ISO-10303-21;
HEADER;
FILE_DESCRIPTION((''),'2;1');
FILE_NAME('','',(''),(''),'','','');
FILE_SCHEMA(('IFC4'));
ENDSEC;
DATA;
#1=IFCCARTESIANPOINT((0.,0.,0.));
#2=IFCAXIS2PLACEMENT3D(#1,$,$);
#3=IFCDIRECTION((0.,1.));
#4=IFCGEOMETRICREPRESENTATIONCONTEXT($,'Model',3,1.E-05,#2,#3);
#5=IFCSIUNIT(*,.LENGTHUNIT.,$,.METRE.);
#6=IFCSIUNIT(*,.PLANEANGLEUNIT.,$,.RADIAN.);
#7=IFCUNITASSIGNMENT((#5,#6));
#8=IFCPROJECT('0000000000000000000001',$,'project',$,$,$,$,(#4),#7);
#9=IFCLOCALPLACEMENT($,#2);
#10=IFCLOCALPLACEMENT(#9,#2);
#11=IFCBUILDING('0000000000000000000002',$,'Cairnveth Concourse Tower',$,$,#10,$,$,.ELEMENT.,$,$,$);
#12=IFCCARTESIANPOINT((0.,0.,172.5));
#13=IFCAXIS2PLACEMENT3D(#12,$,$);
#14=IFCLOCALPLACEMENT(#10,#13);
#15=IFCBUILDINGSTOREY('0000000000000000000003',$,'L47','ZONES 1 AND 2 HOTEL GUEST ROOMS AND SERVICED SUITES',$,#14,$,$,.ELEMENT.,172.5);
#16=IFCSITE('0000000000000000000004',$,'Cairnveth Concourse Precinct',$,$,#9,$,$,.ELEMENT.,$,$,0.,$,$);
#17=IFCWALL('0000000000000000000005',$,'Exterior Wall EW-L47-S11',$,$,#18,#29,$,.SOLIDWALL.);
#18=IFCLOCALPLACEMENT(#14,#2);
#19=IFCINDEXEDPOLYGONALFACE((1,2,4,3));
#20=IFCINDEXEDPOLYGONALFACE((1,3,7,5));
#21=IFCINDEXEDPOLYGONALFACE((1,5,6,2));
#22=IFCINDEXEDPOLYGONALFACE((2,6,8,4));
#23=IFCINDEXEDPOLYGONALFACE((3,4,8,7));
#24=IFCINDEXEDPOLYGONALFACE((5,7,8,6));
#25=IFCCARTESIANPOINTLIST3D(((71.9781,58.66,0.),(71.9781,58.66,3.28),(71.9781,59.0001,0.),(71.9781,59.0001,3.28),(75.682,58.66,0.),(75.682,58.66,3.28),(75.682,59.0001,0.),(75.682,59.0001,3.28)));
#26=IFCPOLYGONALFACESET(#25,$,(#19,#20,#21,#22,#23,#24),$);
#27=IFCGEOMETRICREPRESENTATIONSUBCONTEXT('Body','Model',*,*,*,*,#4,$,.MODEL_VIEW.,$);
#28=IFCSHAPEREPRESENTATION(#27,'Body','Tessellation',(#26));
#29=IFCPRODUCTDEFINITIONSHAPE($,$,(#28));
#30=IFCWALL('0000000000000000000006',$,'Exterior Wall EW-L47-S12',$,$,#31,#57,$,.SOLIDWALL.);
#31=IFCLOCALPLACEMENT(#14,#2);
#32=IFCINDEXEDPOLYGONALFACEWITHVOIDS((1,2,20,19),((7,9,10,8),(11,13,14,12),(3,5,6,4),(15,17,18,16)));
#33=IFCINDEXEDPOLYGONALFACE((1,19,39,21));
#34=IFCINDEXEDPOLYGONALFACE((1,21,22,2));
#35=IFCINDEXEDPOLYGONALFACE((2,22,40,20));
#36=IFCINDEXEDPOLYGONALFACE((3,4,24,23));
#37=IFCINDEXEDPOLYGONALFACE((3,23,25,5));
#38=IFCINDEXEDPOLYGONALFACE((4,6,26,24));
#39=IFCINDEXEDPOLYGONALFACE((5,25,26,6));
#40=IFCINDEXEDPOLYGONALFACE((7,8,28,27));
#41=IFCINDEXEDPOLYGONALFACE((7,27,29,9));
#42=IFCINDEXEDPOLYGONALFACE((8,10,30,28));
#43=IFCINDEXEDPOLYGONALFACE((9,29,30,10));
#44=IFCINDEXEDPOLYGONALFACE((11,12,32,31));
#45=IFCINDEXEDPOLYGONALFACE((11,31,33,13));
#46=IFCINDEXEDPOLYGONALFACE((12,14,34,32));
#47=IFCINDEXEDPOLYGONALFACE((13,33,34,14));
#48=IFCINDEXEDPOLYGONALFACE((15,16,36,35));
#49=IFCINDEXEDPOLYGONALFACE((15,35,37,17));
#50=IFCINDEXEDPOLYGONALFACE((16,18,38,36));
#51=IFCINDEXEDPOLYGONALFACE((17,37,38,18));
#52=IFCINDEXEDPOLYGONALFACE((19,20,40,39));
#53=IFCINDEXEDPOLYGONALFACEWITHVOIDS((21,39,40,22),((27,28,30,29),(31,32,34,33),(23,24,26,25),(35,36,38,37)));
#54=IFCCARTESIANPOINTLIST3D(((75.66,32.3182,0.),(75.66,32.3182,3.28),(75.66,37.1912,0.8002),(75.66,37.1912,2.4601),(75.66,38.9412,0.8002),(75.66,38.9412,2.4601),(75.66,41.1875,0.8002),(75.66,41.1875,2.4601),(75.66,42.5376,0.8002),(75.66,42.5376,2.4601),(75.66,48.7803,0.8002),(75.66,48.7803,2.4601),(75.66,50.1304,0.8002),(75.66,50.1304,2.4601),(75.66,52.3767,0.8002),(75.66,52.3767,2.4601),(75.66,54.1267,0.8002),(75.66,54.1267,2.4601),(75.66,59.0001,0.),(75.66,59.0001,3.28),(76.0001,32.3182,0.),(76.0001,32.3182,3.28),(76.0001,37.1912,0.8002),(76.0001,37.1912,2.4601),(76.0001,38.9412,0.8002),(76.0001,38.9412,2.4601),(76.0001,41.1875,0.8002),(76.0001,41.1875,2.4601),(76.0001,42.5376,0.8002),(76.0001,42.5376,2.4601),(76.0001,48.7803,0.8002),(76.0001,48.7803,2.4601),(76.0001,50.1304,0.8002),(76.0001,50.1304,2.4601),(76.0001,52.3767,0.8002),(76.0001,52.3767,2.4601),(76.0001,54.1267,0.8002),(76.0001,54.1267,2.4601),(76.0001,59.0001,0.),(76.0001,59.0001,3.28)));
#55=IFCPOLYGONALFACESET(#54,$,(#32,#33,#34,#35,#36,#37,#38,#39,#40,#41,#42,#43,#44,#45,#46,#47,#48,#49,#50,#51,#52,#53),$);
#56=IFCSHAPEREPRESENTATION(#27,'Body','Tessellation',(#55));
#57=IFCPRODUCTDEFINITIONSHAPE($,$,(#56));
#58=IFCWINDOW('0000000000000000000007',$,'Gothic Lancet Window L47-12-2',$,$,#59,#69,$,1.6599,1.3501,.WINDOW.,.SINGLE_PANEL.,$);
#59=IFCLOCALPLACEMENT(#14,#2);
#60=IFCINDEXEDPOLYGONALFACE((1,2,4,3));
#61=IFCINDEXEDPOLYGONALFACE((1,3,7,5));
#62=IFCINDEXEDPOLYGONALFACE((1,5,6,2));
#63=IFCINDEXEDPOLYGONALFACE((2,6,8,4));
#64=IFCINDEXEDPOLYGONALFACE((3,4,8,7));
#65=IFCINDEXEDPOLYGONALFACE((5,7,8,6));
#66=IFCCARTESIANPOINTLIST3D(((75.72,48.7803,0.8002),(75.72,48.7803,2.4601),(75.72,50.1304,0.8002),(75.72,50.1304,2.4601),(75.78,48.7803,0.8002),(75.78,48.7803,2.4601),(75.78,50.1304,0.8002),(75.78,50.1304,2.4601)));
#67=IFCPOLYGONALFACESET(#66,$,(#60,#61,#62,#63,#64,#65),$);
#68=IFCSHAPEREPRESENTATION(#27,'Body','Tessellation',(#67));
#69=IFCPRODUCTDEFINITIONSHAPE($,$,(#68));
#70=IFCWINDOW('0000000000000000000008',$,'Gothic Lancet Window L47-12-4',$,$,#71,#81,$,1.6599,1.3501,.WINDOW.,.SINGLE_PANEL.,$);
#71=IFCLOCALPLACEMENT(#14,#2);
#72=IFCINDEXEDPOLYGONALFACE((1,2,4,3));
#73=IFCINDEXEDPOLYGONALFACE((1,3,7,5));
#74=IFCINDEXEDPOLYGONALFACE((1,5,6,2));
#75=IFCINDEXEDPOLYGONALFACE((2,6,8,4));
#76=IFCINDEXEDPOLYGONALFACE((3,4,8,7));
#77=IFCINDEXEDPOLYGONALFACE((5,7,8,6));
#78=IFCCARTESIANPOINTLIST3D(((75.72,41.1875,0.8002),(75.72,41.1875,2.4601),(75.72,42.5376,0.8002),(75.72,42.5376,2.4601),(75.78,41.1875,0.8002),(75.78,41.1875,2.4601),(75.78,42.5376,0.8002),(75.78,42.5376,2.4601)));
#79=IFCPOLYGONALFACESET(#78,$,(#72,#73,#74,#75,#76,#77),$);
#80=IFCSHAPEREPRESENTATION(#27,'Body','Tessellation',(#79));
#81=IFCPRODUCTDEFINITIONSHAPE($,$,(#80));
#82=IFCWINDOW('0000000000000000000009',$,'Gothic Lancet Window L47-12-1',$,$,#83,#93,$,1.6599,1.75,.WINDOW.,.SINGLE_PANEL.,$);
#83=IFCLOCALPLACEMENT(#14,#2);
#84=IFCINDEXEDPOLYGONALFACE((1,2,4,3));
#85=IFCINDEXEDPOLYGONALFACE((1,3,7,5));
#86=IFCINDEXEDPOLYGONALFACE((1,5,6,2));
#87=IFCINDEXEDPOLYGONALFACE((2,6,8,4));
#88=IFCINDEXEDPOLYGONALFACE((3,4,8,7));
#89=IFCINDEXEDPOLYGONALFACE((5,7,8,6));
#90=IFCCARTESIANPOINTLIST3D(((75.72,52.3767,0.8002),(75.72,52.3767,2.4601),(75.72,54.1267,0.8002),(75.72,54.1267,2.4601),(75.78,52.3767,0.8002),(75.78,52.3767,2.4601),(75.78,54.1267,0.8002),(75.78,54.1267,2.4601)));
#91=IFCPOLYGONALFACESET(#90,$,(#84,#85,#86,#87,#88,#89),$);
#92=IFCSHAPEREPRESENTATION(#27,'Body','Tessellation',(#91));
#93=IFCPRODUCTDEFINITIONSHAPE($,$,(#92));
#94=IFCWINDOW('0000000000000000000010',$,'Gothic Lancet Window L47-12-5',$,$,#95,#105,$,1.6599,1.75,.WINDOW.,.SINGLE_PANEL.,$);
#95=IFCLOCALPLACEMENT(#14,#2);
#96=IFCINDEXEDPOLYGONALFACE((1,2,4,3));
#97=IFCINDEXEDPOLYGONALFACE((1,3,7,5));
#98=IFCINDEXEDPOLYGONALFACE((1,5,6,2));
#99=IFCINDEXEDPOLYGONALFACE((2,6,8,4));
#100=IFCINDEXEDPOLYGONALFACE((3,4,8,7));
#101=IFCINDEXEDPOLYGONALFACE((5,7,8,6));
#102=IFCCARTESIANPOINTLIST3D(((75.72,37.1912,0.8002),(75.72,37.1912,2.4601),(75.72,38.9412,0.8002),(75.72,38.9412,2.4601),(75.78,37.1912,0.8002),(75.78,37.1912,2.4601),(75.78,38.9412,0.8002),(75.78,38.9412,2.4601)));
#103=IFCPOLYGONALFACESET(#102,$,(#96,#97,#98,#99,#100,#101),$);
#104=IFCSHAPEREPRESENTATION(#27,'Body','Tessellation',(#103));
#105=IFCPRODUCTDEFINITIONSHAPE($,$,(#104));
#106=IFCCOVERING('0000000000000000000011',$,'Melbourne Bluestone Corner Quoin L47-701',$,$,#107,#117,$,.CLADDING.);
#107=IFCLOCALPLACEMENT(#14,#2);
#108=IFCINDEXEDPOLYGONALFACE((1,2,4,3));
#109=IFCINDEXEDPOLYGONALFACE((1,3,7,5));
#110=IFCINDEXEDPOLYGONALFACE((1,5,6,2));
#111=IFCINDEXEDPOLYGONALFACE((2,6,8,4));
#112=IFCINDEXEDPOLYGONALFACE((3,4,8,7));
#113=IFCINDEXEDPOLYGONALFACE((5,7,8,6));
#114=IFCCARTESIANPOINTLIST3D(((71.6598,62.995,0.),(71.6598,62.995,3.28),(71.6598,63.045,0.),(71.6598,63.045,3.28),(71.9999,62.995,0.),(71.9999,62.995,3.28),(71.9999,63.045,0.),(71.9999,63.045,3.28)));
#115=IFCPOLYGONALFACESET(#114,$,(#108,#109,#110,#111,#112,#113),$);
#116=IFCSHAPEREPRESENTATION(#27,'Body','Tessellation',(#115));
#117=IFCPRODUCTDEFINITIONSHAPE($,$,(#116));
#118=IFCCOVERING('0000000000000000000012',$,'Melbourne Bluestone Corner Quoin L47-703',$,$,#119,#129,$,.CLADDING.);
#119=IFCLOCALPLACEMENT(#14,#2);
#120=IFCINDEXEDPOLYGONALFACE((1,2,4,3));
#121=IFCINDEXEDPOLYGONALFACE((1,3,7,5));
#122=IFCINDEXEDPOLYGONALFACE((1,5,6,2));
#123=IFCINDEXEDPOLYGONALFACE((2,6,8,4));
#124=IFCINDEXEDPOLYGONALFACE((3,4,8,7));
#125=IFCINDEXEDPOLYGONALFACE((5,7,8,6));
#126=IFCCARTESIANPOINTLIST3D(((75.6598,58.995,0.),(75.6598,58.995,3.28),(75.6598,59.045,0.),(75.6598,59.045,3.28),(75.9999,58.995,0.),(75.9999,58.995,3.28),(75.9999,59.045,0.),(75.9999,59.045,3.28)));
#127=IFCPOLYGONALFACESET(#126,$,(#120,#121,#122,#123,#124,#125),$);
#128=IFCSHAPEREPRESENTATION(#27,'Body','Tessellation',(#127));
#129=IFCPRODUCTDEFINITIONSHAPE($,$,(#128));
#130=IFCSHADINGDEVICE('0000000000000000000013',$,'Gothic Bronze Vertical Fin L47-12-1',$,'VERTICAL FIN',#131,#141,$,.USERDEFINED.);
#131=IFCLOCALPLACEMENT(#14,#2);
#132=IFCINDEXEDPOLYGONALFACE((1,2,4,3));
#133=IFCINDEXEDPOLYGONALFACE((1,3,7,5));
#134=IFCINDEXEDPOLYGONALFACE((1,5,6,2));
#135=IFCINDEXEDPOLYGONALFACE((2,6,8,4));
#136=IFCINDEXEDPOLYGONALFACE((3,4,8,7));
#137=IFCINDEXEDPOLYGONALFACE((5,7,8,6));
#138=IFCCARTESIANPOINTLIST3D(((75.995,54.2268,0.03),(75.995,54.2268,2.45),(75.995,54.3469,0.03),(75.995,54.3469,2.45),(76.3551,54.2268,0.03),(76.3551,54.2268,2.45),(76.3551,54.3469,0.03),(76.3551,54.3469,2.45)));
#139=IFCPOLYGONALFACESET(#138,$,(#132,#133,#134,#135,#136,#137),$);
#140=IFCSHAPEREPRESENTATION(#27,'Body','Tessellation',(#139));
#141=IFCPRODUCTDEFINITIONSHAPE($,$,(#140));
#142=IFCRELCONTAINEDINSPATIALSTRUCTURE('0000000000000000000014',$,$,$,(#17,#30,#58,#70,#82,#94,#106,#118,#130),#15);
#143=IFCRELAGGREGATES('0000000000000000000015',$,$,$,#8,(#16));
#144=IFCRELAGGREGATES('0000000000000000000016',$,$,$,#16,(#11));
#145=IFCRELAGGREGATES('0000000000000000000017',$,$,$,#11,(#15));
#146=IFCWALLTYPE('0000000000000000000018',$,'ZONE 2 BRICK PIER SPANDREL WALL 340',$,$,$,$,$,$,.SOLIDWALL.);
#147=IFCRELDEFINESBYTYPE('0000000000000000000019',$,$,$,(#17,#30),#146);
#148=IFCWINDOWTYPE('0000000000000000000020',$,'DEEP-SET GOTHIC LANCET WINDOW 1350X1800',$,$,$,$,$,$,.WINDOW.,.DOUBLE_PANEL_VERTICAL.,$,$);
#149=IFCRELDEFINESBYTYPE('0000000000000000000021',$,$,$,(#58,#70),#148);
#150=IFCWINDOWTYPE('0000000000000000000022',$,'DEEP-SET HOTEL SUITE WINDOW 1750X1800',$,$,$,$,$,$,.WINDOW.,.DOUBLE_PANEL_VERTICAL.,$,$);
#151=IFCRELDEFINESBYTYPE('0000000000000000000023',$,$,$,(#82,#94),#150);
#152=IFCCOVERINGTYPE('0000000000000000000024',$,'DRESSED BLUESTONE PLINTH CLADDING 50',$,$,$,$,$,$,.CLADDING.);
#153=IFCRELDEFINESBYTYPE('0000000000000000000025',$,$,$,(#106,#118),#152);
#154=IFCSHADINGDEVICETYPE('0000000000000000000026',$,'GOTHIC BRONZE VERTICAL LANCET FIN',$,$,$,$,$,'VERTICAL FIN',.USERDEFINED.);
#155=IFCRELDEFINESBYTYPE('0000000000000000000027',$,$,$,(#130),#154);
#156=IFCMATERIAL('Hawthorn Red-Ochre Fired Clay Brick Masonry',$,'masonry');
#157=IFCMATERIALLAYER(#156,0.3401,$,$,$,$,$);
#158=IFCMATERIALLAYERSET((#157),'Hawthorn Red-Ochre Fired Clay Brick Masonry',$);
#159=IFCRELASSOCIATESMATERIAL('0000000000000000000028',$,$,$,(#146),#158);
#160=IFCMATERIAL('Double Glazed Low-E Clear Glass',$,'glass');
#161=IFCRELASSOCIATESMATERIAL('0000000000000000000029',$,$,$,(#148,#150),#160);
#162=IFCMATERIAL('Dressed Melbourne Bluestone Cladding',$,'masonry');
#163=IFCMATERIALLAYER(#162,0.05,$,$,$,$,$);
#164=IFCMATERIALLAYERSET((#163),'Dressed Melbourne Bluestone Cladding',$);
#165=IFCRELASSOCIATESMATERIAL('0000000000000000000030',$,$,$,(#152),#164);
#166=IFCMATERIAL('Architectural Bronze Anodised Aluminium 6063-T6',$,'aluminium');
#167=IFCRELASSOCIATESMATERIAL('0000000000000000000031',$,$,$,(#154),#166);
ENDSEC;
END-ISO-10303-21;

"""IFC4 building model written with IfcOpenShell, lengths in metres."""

from ifc_helpers import new_model, si_unit, direction, frame, frame_2d, origin, origin_2d, place, context, subcontext, project, spatial, rectangle, extrude, material, layer, layer_set, type_object, element, fill, save


model = new_model("IFC4")

# Units and contexts
model_context = context("Model", 3, precision=1e-05, world=origin(), true_north=direction((0.0, 1.0)))
body_context = subcontext(model_context, "Body", "Model", "MODEL_VIEW")
ifc_project = project(units=[si_unit("LENGTHUNIT", "METRE"), si_unit("PLANEANGLEUNIT", "RADIAN")], contexts=[model_context])

# Site, building, storey
site_placement = place(None, origin())
site = spatial("IfcSite", under=ifc_project, at=site_placement, Name="Cairnveth Concourse Precinct", CompositionType="ELEMENT", RefElevation=0.0)
building_placement = place(site_placement, origin())
building = spatial("IfcBuilding", under=site, at=building_placement, Name="Cairnveth Concourse Tower", CompositionType="ELEMENT")
storey_placement = place(building_placement, frame((0.0, 0.0, 172.5)))
storey = spatial("IfcBuildingStorey", under=building, at=storey_placement, Name="L47", Description="ZONES 1 AND 2 HOTEL GUEST ROOMS AND SERVICED SUITES", CompositionType="ELEMENT", Elevation=172.5)

# Wall
ifc_material_1 = material(Name="Hawthorn Red-Ochre Fired Clay Brick Masonry", Category="masonry")
ifc_layer_1 = layer(ifc_material_1, 0.3401)
ifc_layer_set_1 = layer_set([ifc_layer_1], Name="Hawthorn Red-Ochre Fired Clay Brick Masonry")
wall_type = type_object("IfcWallType", Name="ZONE 2 BRICK PIER SPANDREL WALL 340", PredefinedType="SOLIDWALL", material=ifc_layer_set_1)
wall_1_placement = place(storey_placement, frame((71.978, 58.8301, 0.0), z_axis=(0.0, 0.0, 1.0), x_axis=(1.0, 0.0, 0.0)))
element("IfcWall", 1, at=wall_1_placement, inside=storey, type_object=wall_type, Name="Exterior Wall EW-L47-S11", PredefinedType="SOLIDWALL", context=body_context, shape_type="SweptSolid", body=[
    extrude(rectangle(XDim=3.7039, YDim=0.3401, at=frame_2d((1.8521, 0.0))), origin(), (0.0, 0.0, 1.0), 3.28),
])

# Wall, openings, windows
wall_2_placement = place(storey_placement, frame((75.8301, 59.0, 0.0), z_axis=(0.0, 0.0, 1.0), x_axis=(0.0, -1.0, 0.0)))
wall_2 = element("IfcWall", 2, at=wall_2_placement, inside=storey, type_object=wall_type, Name="Exterior Wall EW-L47-S12", PredefinedType="SOLIDWALL", context=body_context, shape_type="SweptSolid", body=[
    extrude(rectangle(XDim=26.6819, YDim=0.3401, at=frame_2d((13.3408, 0.0))), origin(), (0.0, 0.0, 1.0), 3.28),
])
opening_1_placement = place(wall_2_placement, frame((4.8733, 0.0, 0.8)))
opening_1 = element("IfcOpeningElement", 3, at=opening_1_placement, cuts=wall_2, PredefinedType="OPENING", context=body_context, shape_type="SweptSolid", body=[
    extrude(rectangle(XDim=1.75, YDim=1.6599, at=frame_2d((0.875, 0.8301))), frame((0.0, 0.1799, 0.0), z_axis=(0.0, -1.0, 0.0), x_axis=(1.0, 0.0, 0.0)), (0.0, 0.0, 1.0), 0.3601),
])
opening_2_placement = place(wall_2_placement, frame((8.8696, 0.0, 0.8)))
opening_2 = element("IfcOpeningElement", 4, at=opening_2_placement, cuts=wall_2, PredefinedType="OPENING", context=body_context, shape_type="SweptSolid", body=[
    extrude(rectangle(XDim=1.3501, YDim=1.6599, at=frame_2d((0.675, 0.8301))), frame((0.0, 0.1799, 0.0), z_axis=(0.0, -1.0, 0.0), x_axis=(1.0, 0.0, 0.0)), (0.0, 0.0, 1.0), 0.3601),
])
opening_3_placement = place(wall_2_placement, frame((16.4624, 0.0, 0.8)))
opening_3 = element("IfcOpeningElement", 5, at=opening_3_placement, cuts=wall_2, PredefinedType="OPENING", context=body_context, shape_type="SweptSolid", body=[
    extrude(rectangle(XDim=1.3501, YDim=1.6599, at=frame_2d((0.675, 0.8301))), frame((0.0, 0.1799, 0.0), z_axis=(0.0, -1.0, 0.0), x_axis=(1.0, 0.0, 0.0)), (0.0, 0.0, 1.0), 0.3601),
])
opening_4_placement = place(wall_2_placement, frame((20.0588, 0.0, 0.8)))
opening_4 = element("IfcOpeningElement", 6, at=opening_4_placement, cuts=wall_2, PredefinedType="OPENING", context=body_context, shape_type="SweptSolid", body=[
    extrude(rectangle(XDim=1.75, YDim=1.6599, at=frame_2d((0.875, 0.8301))), frame((0.0, 0.1799, 0.0), z_axis=(0.0, -1.0, 0.0), x_axis=(1.0, 0.0, 0.0)), (0.0, 0.0, 1.0), 0.3601),
])
ifc_material_2 = material(Name="Double Glazed Low-E Clear Glass", Category="glass")
window_type_1 = type_object("IfcWindowType", Name="DEEP-SET GOTHIC LANCET WINDOW 1350X1800", PartitioningType="DOUBLE_PANEL_VERTICAL", PredefinedType="WINDOW", material=ifc_material_2)
window_1_placement = place(opening_2_placement, origin())
window_1 = element("IfcWindow", 7, at=window_1_placement, inside=storey, type_object=window_type_1, Name="Gothic Lancet Window L47-12-2", OverallHeight=1.6599, OverallWidth=1.3501, PartitioningType="SINGLE_PANEL", PredefinedType="WINDOW", context=body_context, shape_type="SweptSolid", body=[
    extrude(rectangle(XDim=1.3501, YDim=1.6599, at=frame_2d((0.675, 0.8301))), frame((0.0, -0.05, 0.0), z_axis=(0.0, -1.0, 0.0), x_axis=(1.0, 0.0, 0.0)), (0.0, 0.0, 1.0), 0.0601),
])
fill(opening_2, window_1)
window_2_placement = place(opening_3_placement, origin())
window_2 = element("IfcWindow", 8, at=window_2_placement, inside=storey, type_object=window_type_1, Name="Gothic Lancet Window L47-12-4", OverallHeight=1.6599, OverallWidth=1.3501, PartitioningType="SINGLE_PANEL", PredefinedType="WINDOW", context=body_context, shape_type="SweptSolid", body=[
    extrude(rectangle(XDim=1.3501, YDim=1.6599, at=frame_2d((0.675, 0.8301))), frame((0.0, -0.05, 0.0), z_axis=(0.0, -1.0, 0.0), x_axis=(1.0, 0.0, 0.0)), (0.0, 0.0, 1.0), 0.0601),
])
fill(opening_3, window_2)
window_type_2 = type_object("IfcWindowType", Name="DEEP-SET HOTEL SUITE WINDOW 1750X1800", PartitioningType="DOUBLE_PANEL_VERTICAL", PredefinedType="WINDOW", material=ifc_material_2)
window_3_placement = place(opening_1_placement, origin())
window_3 = element("IfcWindow", 9, at=window_3_placement, inside=storey, type_object=window_type_2, Name="Gothic Lancet Window L47-12-1", OverallHeight=1.6599, OverallWidth=1.75, PartitioningType="SINGLE_PANEL", PredefinedType="WINDOW", context=body_context, shape_type="SweptSolid", body=[
    extrude(rectangle(XDim=1.75, YDim=1.6599, at=frame_2d((0.875, 0.8301))), frame((0.0, -0.05, 0.0), z_axis=(0.0, -1.0, 0.0), x_axis=(1.0, 0.0, 0.0)), (0.0, 0.0, 1.0), 0.0601),
])
fill(opening_1, window_3)
window_4_placement = place(opening_4_placement, origin())
window_4 = element("IfcWindow", 10, at=window_4_placement, inside=storey, type_object=window_type_2, Name="Gothic Lancet Window L47-12-5", OverallHeight=1.6599, OverallWidth=1.75, PartitioningType="SINGLE_PANEL", PredefinedType="WINDOW", context=body_context, shape_type="SweptSolid", body=[
    extrude(rectangle(XDim=1.75, YDim=1.6599, at=frame_2d((0.875, 0.8301))), frame((0.0, -0.05, 0.0), z_axis=(0.0, -1.0, 0.0), x_axis=(1.0, 0.0, 0.0)), (0.0, 0.0, 1.0), 0.0601),
])
fill(opening_4, window_4)

# Coverings
ifc_material_3 = material(Name="Dressed Melbourne Bluestone Cladding", Category="masonry")
ifc_layer_2 = layer(ifc_material_3, 0.05)
ifc_layer_set_2 = layer_set([ifc_layer_2], Name="Dressed Melbourne Bluestone Cladding")
covering_type = type_object("IfcCoveringType", Name="DRESSED BLUESTONE PLINTH CLADDING 50", PredefinedType="CLADDING", material=ifc_layer_set_2)
for number, where, z_axis, x_axis, name in (
    (11, (71.6599, 63.02, 0.0), (0.0, 0.0, 1.0), (1.0, 0.0, 0.0), "Melbourne Bluestone Corner Quoin L47-701"),
    (12, (75.6599, 59.02, 0.0), (0.0, 0.0, 1.0), (1.0, 0.0, 0.0), "Melbourne Bluestone Corner Quoin L47-703"),
):
    element("IfcCovering", number, at=place(storey_placement, frame(where, z_axis=z_axis, x_axis=x_axis)), inside=storey, type_object=covering_type, Name=name, PredefinedType="CLADDING", context=body_context, shape_type="SweptSolid", body=[
        extrude(rectangle(XDim=0.3401, YDim=0.05, at=frame_2d((0.1699, 0.0))), origin(), (0.0, 0.0, 1.0), 3.28),
    ])

# Shading device
ifc_material_4 = material(Name="Architectural Bronze Anodised Aluminium 6063-T6", Category="aluminium")
shading_device_type = type_object("IfcShadingDeviceType", Name="GOTHIC BRONZE VERTICAL LANCET FIN", ElementType="VERTICAL FIN", PredefinedType="USERDEFINED", material=ifc_material_4)
shading_device_placement = place(storey_placement, frame((76.175, 54.2869, 0.03), z_axis=(0.0, 0.0, 1.0), x_axis=(0.0, 1.0, 0.0)))
element("IfcShadingDevice", 13, at=shading_device_placement, inside=storey, type_object=shading_device_type, Name="Gothic Bronze Vertical Fin L47-12-1", ObjectType="VERTICAL FIN", PredefinedType="USERDEFINED", context=body_context, shape_type="SweptSolid", body=[
    extrude(rectangle(XDim=0.1201, YDim=0.3601, at=origin_2d()), origin(), (0.0, 0.0, 1.0), 2.4199),
])

save(model, "model.ifc")
